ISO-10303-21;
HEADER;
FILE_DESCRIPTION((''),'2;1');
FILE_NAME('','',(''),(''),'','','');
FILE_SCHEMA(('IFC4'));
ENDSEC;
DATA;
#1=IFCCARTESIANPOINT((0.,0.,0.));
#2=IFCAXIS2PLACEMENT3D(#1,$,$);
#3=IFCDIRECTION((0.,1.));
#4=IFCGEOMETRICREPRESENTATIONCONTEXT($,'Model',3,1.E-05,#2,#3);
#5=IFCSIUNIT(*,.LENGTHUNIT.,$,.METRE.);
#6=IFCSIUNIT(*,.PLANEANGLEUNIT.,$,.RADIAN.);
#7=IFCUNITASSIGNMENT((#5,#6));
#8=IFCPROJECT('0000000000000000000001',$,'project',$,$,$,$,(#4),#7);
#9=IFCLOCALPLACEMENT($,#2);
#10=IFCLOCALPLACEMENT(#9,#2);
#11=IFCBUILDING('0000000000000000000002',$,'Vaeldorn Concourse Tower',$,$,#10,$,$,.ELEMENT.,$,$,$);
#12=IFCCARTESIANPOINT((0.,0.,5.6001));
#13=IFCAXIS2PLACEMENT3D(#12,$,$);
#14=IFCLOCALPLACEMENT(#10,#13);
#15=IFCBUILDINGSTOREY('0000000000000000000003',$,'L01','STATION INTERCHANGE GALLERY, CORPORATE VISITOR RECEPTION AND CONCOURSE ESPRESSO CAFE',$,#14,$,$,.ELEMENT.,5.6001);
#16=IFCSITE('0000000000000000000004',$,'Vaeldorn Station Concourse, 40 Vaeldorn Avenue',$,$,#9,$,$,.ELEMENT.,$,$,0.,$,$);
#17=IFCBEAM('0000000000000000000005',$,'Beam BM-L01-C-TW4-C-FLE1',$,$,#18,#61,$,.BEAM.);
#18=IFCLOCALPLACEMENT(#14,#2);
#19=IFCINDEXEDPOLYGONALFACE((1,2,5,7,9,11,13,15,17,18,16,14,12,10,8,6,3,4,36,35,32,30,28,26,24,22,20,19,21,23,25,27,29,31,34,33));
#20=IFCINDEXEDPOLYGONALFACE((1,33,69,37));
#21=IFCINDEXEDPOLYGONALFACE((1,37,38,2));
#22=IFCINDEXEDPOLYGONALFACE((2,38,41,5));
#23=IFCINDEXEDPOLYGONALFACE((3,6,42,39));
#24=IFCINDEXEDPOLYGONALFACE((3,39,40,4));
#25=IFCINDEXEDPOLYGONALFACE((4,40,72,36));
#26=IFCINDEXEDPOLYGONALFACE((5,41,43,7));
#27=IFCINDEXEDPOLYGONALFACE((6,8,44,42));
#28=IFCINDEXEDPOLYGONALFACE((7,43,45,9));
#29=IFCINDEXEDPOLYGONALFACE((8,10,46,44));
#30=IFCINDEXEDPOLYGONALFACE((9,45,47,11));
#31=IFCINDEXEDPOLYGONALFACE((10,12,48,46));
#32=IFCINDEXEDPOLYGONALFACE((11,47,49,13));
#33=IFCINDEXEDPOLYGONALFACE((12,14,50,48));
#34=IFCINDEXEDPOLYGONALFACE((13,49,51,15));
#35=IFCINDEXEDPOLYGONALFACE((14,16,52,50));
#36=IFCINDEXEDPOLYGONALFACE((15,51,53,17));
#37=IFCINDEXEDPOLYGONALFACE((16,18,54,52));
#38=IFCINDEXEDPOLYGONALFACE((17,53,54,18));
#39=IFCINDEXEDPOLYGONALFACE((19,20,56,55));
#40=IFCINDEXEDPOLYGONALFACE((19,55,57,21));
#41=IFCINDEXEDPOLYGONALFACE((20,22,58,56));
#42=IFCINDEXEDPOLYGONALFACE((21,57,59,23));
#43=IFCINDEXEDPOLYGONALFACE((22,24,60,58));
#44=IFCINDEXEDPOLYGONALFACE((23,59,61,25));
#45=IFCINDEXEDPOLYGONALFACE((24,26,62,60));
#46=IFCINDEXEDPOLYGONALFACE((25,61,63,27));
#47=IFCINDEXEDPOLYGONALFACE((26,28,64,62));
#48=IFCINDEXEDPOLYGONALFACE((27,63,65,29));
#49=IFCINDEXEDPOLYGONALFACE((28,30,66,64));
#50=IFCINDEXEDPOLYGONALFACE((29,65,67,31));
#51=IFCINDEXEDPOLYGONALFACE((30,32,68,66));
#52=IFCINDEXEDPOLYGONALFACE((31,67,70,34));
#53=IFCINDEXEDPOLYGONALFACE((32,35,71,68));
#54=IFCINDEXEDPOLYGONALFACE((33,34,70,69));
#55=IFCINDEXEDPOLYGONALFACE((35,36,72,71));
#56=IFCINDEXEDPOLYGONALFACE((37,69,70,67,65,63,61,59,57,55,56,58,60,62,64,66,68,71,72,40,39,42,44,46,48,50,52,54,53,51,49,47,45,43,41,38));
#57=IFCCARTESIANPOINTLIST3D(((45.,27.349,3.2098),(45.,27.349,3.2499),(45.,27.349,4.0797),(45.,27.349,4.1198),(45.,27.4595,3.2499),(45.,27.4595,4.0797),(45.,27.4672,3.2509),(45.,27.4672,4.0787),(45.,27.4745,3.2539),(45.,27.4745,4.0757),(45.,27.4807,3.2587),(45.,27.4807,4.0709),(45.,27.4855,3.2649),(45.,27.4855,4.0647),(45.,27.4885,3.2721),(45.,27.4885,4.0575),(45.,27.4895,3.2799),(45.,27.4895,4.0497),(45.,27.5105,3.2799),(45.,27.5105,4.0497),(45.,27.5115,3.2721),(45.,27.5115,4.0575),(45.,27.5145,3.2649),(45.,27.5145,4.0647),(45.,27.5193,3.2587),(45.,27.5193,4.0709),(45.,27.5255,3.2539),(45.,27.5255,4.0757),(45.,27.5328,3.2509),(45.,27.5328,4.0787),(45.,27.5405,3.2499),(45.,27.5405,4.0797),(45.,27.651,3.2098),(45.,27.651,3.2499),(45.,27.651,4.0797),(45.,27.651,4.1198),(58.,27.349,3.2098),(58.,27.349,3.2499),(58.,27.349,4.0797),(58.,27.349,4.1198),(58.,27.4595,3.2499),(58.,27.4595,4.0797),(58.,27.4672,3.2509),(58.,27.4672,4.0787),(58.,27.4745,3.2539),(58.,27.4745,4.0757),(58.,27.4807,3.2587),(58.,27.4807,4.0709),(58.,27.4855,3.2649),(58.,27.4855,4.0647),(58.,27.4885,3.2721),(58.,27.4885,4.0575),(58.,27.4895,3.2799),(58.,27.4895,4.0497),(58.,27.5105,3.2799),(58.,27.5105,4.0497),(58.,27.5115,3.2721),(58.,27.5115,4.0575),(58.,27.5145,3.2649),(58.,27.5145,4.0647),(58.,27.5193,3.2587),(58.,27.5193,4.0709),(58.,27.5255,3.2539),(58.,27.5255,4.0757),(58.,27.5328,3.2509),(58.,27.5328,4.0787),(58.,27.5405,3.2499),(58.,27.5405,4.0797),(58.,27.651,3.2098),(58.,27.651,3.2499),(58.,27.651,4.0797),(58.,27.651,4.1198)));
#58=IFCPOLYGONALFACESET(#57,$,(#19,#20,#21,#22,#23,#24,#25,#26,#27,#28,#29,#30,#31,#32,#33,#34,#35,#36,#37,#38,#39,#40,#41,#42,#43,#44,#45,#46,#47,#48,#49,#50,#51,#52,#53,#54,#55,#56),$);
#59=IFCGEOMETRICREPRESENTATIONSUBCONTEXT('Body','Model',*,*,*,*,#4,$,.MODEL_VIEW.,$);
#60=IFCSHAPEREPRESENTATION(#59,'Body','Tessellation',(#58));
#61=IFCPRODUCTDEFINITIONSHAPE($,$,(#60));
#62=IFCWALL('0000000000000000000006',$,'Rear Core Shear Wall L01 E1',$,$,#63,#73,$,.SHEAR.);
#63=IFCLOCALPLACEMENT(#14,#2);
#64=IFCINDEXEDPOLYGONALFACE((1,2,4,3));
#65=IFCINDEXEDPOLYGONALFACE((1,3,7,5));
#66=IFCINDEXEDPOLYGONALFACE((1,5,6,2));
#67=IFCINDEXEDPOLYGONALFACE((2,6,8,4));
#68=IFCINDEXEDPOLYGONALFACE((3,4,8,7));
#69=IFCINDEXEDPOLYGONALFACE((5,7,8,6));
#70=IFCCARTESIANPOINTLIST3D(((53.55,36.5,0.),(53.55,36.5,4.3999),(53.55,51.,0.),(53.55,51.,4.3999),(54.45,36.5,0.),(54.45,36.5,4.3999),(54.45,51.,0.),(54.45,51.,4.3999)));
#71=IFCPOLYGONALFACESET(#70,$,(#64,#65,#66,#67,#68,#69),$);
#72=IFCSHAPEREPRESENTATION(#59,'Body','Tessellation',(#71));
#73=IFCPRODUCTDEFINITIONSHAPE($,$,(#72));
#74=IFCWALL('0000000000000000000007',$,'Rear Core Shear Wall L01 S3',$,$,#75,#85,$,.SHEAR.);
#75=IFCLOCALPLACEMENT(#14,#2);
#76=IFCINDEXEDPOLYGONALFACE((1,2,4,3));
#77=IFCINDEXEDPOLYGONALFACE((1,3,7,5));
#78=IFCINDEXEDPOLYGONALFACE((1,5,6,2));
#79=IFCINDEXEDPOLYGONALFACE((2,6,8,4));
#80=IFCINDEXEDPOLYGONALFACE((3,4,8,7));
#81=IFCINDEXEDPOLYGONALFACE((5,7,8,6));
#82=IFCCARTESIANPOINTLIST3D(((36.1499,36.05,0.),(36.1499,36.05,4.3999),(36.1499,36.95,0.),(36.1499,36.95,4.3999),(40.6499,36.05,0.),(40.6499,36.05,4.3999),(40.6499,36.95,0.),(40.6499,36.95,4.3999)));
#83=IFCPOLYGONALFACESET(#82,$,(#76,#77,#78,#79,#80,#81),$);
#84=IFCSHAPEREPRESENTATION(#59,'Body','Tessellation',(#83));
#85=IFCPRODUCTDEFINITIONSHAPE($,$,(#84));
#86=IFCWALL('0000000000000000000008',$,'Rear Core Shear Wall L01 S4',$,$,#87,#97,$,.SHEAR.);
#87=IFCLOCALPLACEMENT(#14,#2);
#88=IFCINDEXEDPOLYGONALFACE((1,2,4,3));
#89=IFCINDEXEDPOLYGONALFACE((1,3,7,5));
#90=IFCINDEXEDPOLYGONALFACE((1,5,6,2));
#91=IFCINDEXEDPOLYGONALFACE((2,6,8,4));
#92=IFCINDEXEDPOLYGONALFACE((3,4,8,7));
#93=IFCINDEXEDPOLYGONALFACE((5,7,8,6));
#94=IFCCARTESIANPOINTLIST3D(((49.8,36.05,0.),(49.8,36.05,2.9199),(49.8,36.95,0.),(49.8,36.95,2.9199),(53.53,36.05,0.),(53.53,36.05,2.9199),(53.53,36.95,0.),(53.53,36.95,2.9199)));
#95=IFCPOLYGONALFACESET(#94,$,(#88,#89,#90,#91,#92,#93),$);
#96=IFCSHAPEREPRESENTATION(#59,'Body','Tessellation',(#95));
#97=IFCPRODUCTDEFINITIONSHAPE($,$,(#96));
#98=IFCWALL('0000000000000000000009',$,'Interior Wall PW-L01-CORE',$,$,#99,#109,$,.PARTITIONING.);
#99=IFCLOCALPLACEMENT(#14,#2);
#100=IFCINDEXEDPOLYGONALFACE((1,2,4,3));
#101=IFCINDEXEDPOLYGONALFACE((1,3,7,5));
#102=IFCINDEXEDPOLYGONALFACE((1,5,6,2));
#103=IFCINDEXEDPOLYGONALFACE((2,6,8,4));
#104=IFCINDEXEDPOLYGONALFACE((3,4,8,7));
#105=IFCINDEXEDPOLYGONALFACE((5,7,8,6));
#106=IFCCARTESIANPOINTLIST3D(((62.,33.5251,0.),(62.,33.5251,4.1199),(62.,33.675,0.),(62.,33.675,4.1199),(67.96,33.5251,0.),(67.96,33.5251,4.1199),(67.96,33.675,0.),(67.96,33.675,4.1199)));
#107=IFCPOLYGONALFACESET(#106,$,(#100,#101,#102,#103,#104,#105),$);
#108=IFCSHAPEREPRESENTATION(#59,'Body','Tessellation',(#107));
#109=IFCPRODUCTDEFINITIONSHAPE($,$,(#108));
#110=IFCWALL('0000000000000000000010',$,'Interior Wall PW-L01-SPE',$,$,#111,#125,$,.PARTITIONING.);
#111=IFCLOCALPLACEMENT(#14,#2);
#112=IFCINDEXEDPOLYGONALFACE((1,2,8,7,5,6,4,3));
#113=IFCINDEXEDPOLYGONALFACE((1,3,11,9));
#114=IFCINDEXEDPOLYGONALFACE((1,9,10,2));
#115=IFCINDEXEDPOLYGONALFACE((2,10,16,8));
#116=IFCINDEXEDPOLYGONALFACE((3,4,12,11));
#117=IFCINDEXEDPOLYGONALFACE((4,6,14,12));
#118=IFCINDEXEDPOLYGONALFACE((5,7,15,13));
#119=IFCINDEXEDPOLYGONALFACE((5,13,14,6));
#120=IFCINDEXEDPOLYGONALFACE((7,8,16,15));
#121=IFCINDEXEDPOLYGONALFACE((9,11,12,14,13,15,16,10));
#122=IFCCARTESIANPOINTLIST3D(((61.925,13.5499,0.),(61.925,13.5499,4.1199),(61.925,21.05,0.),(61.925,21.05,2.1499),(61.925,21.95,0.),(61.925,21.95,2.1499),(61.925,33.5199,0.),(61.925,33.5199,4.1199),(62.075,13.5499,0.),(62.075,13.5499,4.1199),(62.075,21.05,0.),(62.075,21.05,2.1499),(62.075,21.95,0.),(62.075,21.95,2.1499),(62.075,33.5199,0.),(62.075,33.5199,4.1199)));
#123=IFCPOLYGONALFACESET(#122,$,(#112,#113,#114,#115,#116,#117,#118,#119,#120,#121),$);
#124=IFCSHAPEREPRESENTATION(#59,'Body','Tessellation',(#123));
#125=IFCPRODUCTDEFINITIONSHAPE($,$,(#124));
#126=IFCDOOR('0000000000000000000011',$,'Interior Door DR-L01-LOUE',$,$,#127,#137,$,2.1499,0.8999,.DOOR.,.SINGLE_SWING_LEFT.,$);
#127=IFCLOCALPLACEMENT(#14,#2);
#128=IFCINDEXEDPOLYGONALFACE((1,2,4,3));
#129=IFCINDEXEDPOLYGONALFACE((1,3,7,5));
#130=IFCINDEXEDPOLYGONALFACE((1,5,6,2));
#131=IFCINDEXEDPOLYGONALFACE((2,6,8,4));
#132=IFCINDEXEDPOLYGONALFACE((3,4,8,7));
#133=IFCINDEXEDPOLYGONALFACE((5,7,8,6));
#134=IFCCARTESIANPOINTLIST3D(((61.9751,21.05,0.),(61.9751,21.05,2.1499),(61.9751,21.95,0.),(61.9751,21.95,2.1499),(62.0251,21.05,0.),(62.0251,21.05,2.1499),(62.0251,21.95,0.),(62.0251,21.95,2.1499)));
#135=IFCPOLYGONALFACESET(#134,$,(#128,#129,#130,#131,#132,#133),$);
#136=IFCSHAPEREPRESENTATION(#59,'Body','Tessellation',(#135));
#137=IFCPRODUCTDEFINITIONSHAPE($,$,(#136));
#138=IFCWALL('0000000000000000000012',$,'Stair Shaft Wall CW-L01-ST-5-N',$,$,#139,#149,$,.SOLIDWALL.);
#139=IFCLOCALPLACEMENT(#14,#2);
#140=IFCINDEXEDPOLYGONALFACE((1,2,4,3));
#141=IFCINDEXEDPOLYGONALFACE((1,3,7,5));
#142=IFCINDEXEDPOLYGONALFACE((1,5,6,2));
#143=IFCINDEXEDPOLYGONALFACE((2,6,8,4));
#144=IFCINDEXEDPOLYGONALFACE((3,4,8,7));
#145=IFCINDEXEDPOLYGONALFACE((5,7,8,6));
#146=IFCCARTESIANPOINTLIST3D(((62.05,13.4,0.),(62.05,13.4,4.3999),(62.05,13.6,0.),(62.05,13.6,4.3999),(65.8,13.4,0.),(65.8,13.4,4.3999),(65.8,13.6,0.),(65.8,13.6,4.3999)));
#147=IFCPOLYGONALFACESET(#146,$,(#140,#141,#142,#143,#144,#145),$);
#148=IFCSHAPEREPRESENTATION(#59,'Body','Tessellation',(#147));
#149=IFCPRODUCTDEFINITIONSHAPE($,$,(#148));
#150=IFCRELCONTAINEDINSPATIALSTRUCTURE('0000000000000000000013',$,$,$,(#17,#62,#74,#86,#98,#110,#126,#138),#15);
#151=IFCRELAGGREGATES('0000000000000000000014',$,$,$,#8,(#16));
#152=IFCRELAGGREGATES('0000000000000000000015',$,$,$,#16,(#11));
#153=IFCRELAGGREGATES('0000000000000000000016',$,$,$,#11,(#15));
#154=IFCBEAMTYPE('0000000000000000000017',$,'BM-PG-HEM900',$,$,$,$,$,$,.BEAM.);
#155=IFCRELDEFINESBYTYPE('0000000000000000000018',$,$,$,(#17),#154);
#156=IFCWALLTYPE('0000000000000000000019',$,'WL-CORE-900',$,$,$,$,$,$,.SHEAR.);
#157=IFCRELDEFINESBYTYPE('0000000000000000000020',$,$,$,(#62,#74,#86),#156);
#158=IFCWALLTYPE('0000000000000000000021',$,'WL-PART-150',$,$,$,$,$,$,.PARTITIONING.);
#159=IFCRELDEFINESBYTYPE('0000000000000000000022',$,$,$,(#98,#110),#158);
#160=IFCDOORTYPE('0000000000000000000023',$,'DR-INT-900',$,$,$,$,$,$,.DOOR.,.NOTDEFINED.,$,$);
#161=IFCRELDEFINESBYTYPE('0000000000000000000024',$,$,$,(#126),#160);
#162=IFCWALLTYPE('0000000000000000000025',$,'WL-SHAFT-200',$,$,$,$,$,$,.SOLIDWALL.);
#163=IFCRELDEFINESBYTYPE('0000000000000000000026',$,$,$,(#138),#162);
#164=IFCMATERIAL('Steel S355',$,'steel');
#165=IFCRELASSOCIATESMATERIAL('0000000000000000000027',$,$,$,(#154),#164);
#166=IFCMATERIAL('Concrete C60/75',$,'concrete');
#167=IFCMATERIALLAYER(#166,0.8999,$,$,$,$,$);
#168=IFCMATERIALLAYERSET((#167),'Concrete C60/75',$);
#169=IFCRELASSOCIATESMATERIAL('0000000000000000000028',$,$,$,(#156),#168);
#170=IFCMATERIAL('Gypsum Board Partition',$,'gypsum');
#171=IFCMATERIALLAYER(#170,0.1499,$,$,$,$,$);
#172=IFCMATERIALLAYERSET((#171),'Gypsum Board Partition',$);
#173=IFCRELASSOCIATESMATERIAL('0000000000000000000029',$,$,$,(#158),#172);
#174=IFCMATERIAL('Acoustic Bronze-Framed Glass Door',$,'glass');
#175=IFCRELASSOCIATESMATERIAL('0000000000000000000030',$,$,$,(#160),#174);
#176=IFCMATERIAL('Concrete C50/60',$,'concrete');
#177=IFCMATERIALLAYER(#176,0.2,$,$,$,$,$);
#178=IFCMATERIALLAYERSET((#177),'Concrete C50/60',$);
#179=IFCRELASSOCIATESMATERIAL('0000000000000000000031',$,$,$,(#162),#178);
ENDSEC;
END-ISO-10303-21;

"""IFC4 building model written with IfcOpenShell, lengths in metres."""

from ifc_helpers import new_model, si_unit, direction, frame, frame_2d, origin, origin_2d, place, context, subcontext, project, spatial, rectangle, i_section, extrude, source, transform, mapped, material, layer, layer_set, material_profile, profile_set, type_object, element, fill, save


model = new_model("IFC4")

# Units and contexts
model_context = context("Model", 3, precision=1e-05, world=origin(), true_north=direction((0.0, 1.0)))
body_context = subcontext(model_context, "Body", "Model", "MODEL_VIEW")
ifc_project = project(units=[si_unit("LENGTHUNIT", "METRE"), si_unit("PLANEANGLEUNIT", "RADIAN")], contexts=[model_context])

# Site, building, storey
site_placement = place(None, origin())
site = spatial("IfcSite", under=ifc_project, at=site_placement, Name="Vaeldorn Station Concourse, 40 Vaeldorn Avenue", CompositionType="ELEMENT", RefElevation=0.0)
building_placement = place(site_placement, origin())
building = spatial("IfcBuilding", under=site, at=building_placement, Name="Vaeldorn Concourse Tower", CompositionType="ELEMENT")
storey_placement = place(building_placement, frame((0.0, 0.0, 5.6001)))
storey = spatial("IfcBuildingStorey", under=building, at=storey_placement, Name="L01", Description="STATION INTERCHANGE GALLERY, CORPORATE VISITOR RECEPTION AND CONCOURSE ESPRESSO CAFE", CompositionType="ELEMENT", Elevation=5.6001)

# Shared definitions
ifc_material_1 = material(Name="Concrete C60/75", Category="concrete")

# Beam
ifc_material_2 = material(Name="Steel S355", Category="steel")
ifc_material_profile_1 = material_profile(ifc_material_2, i_section(OverallWidth=0.302, OverallDepth=0.9099, WebThickness=0.021, FlangeThickness=0.04, FilletRadius=0.03, at=origin_2d()), Name="HEM 900")
ifc_profile_set_1 = profile_set([ifc_material_profile_1], Name="Steel S355")
beam_type_1 = type_object("IfcBeamType", Name="BM-PG-HEM900", PredefinedType="BEAM", material=ifc_profile_set_1)
shared_shape_1 = source(origin(), body_context, "Body", "SweptSolid", [
    extrude(i_section(OverallWidth=0.302, OverallDepth=0.9099, WebThickness=0.021, FlangeThickness=0.04, FilletRadius=0.03, at=origin_2d()), origin(), (0.0, 0.0, 1.0), 13.0),
])
beam_1_placement = place(storey_placement, frame((45.0, 27.5, 3.6648), z_axis=(1.0, 0.0, 0.0), x_axis=(0.0, 1.0, 0.0)))
element("IfcBeam", 1, at=beam_1_placement, inside=storey, type_object=beam_type_1, Name="Beam BM-L01-C-TW4-C-FLE1", PredefinedType="BEAM", context=body_context, shape_type="MappedRepresentation", body=[
    mapped(shared_shape_1, transform((0.0, 0.0, 0.0), scale=1.0)),
])

# Walls
ifc_layer_1 = layer(ifc_material_1, 0.8999)
ifc_layer_set_1 = layer_set([ifc_layer_1], Name="Concrete C60/75")
wall_type_1 = type_object("IfcWallType", Name="WL-CORE-900", PredefinedType="SHEAR", material=ifc_layer_set_1)
wall_1_placement = place(storey_placement, frame((54.0, 36.5, 0.0), z_axis=(0.0, 0.0, 1.0), x_axis=(0.0, 1.0, 0.0)))
element("IfcWall", 2, at=wall_1_placement, inside=storey, type_object=wall_type_1, Name="Rear Core Shear Wall L01 E1", PredefinedType="SHEAR", context=body_context, shape_type="SweptSolid", body=[
    extrude(rectangle(XDim=14.5, YDim=0.8999, at=frame_2d((7.25, 0.0))), origin(), (0.0, 0.0, 1.0), 4.3999),
])
wall_2_placement = place(storey_placement, frame((36.1499, 36.5, 0.0), z_axis=(0.0, 0.0, 1.0), x_axis=(1.0, 0.0, 0.0)))
element("IfcWall", 3, at=wall_2_placement, inside=storey, type_object=wall_type_1, Name="Rear Core Shear Wall L01 S3", PredefinedType="SHEAR", context=body_context, shape_type="SweptSolid", body=[
    extrude(rectangle(XDim=4.5, YDim=0.8999, at=frame_2d((2.25, 0.0))), origin(), (0.0, 0.0, 1.0), 4.3999),
])
wall_3_placement = place(storey_placement, frame((49.8, 36.5, 0.0), z_axis=(0.0, 0.0, 1.0), x_axis=(1.0, 0.0, 0.0)))
element("IfcWall", 4, at=wall_3_placement, inside=storey, type_object=wall_type_1, Name="Rear Core Shear Wall L01 S4", PredefinedType="SHEAR", context=body_context, shape_type="SweptSolid", body=[
    extrude(rectangle(XDim=3.73, YDim=0.8999, at=frame_2d((1.865, 0.0))), origin(), (0.0, 0.0, 1.0), 2.9199),
])
ifc_material_3 = material(Name="Gypsum Board Partition", Category="gypsum")
ifc_layer_2 = layer(ifc_material_3, 0.1499)
ifc_layer_set_2 = layer_set([ifc_layer_2], Name="Gypsum Board Partition")
wall_type_2 = type_object("IfcWallType", Name="WL-PART-150", PredefinedType="PARTITIONING", material=ifc_layer_set_2)
wall_4_placement = place(storey_placement, frame((62.0, 33.6001, 0.0), z_axis=(0.0, 0.0, 1.0), x_axis=(1.0, 0.0, 0.0)))
element("IfcWall", 5, at=wall_4_placement, inside=storey, type_object=wall_type_2, Name="Interior Wall PW-L01-CORE", PredefinedType="PARTITIONING", context=body_context, shape_type="SweptSolid", body=[
    extrude(rectangle(XDim=5.96, YDim=0.1499, at=frame_2d((2.98, 0.0))), origin(), (0.0, 0.0, 1.0), 4.1199),
])

# Wall, opening, door
wall_5_placement = place(storey_placement, frame((62.0, 13.55, 0.0), z_axis=(0.0, 0.0, 1.0), x_axis=(0.0, 1.0, 0.0)))
wall_5 = element("IfcWall", 6, at=wall_5_placement, inside=storey, type_object=wall_type_2, Name="Interior Wall PW-L01-SPE", PredefinedType="PARTITIONING", context=body_context, shape_type="SweptSolid", body=[
    extrude(rectangle(XDim=19.97, YDim=0.1499, at=frame_2d((9.9849, 0.0))), origin(), (0.0, 0.0, 1.0), 4.1199),
])
opening_1_placement = place(wall_5_placement, frame((7.5, 0.0, 0.0)))
opening_1 = element("IfcOpeningElement", 7, at=opening_1_placement, cuts=wall_5, PredefinedType="OPENING", context=body_context, shape_type="SweptSolid", body=[
    extrude(rectangle(XDim=0.8999, YDim=2.1499, at=frame_2d((0.45, 1.075))), frame((0.0, 0.085, 0.0), z_axis=(0.0, -1.0, 0.0), x_axis=(1.0, 0.0, 0.0)), (0.0, 0.0, 1.0), 0.1699),
])
ifc_material_4 = material(Name="Acoustic Bronze-Framed Glass Door", Category="glass")
door_type_1 = type_object("IfcDoorType", Name="DR-INT-900", OperationType="NOTDEFINED", PredefinedType="DOOR", material=ifc_material_4)
shared_shape_2 = source(origin(), body_context, "Body", "SweptSolid", [
    extrude(rectangle(XDim=0.8999, YDim=2.1499, at=frame_2d((0.45, 1.075))), frame((0.0, 0.0249, 0.0), z_axis=(0.0, -1.0, 0.0), x_axis=(1.0, 0.0, 0.0)), (0.0, 0.0, 1.0), 0.05),
])
door_1_placement = place(opening_1_placement, origin())
door_1 = element("IfcDoor", 8, at=door_1_placement, inside=storey, type_object=door_type_1, Name="Interior Door DR-L01-LOUE", OperationType="SINGLE_SWING_LEFT", OverallHeight=2.1499, OverallWidth=0.8999, PredefinedType="DOOR", context=body_context, shape_type="MappedRepresentation", body=[
    mapped(shared_shape_2, transform((0.0, 0.0, 0.0), scale=1.0)),
])
fill(opening_1, door_1)
ifc_material_5 = material(Name="Concrete C50/60", Category="concrete")
ifc_layer_3 = layer(ifc_material_5, 0.2)
ifc_layer_set_3 = layer_set([ifc_layer_3], Name="Concrete C50/60")
wall_type_3 = type_object("IfcWallType", Name="WL-SHAFT-200", PredefinedType="SOLIDWALL", material=ifc_layer_set_3)

# Wall
wall_6_placement = place(storey_placement, frame((62.05, 13.5, 0.0), z_axis=(0.0, 0.0, 1.0), x_axis=(1.0, 0.0, 0.0)))
element("IfcWall", 9, at=wall_6_placement, inside=storey, type_object=wall_type_3, Name="Stair Shaft Wall CW-L01-ST-5-N", PredefinedType="SOLIDWALL", context=body_context, shape_type="SweptSolid", body=[
    extrude(rectangle(XDim=3.75, YDim=0.2, at=frame_2d((1.875, 0.0))), origin(), (0.0, 0.0, 1.0), 4.3999),
])

save(model, "model.ifc")
